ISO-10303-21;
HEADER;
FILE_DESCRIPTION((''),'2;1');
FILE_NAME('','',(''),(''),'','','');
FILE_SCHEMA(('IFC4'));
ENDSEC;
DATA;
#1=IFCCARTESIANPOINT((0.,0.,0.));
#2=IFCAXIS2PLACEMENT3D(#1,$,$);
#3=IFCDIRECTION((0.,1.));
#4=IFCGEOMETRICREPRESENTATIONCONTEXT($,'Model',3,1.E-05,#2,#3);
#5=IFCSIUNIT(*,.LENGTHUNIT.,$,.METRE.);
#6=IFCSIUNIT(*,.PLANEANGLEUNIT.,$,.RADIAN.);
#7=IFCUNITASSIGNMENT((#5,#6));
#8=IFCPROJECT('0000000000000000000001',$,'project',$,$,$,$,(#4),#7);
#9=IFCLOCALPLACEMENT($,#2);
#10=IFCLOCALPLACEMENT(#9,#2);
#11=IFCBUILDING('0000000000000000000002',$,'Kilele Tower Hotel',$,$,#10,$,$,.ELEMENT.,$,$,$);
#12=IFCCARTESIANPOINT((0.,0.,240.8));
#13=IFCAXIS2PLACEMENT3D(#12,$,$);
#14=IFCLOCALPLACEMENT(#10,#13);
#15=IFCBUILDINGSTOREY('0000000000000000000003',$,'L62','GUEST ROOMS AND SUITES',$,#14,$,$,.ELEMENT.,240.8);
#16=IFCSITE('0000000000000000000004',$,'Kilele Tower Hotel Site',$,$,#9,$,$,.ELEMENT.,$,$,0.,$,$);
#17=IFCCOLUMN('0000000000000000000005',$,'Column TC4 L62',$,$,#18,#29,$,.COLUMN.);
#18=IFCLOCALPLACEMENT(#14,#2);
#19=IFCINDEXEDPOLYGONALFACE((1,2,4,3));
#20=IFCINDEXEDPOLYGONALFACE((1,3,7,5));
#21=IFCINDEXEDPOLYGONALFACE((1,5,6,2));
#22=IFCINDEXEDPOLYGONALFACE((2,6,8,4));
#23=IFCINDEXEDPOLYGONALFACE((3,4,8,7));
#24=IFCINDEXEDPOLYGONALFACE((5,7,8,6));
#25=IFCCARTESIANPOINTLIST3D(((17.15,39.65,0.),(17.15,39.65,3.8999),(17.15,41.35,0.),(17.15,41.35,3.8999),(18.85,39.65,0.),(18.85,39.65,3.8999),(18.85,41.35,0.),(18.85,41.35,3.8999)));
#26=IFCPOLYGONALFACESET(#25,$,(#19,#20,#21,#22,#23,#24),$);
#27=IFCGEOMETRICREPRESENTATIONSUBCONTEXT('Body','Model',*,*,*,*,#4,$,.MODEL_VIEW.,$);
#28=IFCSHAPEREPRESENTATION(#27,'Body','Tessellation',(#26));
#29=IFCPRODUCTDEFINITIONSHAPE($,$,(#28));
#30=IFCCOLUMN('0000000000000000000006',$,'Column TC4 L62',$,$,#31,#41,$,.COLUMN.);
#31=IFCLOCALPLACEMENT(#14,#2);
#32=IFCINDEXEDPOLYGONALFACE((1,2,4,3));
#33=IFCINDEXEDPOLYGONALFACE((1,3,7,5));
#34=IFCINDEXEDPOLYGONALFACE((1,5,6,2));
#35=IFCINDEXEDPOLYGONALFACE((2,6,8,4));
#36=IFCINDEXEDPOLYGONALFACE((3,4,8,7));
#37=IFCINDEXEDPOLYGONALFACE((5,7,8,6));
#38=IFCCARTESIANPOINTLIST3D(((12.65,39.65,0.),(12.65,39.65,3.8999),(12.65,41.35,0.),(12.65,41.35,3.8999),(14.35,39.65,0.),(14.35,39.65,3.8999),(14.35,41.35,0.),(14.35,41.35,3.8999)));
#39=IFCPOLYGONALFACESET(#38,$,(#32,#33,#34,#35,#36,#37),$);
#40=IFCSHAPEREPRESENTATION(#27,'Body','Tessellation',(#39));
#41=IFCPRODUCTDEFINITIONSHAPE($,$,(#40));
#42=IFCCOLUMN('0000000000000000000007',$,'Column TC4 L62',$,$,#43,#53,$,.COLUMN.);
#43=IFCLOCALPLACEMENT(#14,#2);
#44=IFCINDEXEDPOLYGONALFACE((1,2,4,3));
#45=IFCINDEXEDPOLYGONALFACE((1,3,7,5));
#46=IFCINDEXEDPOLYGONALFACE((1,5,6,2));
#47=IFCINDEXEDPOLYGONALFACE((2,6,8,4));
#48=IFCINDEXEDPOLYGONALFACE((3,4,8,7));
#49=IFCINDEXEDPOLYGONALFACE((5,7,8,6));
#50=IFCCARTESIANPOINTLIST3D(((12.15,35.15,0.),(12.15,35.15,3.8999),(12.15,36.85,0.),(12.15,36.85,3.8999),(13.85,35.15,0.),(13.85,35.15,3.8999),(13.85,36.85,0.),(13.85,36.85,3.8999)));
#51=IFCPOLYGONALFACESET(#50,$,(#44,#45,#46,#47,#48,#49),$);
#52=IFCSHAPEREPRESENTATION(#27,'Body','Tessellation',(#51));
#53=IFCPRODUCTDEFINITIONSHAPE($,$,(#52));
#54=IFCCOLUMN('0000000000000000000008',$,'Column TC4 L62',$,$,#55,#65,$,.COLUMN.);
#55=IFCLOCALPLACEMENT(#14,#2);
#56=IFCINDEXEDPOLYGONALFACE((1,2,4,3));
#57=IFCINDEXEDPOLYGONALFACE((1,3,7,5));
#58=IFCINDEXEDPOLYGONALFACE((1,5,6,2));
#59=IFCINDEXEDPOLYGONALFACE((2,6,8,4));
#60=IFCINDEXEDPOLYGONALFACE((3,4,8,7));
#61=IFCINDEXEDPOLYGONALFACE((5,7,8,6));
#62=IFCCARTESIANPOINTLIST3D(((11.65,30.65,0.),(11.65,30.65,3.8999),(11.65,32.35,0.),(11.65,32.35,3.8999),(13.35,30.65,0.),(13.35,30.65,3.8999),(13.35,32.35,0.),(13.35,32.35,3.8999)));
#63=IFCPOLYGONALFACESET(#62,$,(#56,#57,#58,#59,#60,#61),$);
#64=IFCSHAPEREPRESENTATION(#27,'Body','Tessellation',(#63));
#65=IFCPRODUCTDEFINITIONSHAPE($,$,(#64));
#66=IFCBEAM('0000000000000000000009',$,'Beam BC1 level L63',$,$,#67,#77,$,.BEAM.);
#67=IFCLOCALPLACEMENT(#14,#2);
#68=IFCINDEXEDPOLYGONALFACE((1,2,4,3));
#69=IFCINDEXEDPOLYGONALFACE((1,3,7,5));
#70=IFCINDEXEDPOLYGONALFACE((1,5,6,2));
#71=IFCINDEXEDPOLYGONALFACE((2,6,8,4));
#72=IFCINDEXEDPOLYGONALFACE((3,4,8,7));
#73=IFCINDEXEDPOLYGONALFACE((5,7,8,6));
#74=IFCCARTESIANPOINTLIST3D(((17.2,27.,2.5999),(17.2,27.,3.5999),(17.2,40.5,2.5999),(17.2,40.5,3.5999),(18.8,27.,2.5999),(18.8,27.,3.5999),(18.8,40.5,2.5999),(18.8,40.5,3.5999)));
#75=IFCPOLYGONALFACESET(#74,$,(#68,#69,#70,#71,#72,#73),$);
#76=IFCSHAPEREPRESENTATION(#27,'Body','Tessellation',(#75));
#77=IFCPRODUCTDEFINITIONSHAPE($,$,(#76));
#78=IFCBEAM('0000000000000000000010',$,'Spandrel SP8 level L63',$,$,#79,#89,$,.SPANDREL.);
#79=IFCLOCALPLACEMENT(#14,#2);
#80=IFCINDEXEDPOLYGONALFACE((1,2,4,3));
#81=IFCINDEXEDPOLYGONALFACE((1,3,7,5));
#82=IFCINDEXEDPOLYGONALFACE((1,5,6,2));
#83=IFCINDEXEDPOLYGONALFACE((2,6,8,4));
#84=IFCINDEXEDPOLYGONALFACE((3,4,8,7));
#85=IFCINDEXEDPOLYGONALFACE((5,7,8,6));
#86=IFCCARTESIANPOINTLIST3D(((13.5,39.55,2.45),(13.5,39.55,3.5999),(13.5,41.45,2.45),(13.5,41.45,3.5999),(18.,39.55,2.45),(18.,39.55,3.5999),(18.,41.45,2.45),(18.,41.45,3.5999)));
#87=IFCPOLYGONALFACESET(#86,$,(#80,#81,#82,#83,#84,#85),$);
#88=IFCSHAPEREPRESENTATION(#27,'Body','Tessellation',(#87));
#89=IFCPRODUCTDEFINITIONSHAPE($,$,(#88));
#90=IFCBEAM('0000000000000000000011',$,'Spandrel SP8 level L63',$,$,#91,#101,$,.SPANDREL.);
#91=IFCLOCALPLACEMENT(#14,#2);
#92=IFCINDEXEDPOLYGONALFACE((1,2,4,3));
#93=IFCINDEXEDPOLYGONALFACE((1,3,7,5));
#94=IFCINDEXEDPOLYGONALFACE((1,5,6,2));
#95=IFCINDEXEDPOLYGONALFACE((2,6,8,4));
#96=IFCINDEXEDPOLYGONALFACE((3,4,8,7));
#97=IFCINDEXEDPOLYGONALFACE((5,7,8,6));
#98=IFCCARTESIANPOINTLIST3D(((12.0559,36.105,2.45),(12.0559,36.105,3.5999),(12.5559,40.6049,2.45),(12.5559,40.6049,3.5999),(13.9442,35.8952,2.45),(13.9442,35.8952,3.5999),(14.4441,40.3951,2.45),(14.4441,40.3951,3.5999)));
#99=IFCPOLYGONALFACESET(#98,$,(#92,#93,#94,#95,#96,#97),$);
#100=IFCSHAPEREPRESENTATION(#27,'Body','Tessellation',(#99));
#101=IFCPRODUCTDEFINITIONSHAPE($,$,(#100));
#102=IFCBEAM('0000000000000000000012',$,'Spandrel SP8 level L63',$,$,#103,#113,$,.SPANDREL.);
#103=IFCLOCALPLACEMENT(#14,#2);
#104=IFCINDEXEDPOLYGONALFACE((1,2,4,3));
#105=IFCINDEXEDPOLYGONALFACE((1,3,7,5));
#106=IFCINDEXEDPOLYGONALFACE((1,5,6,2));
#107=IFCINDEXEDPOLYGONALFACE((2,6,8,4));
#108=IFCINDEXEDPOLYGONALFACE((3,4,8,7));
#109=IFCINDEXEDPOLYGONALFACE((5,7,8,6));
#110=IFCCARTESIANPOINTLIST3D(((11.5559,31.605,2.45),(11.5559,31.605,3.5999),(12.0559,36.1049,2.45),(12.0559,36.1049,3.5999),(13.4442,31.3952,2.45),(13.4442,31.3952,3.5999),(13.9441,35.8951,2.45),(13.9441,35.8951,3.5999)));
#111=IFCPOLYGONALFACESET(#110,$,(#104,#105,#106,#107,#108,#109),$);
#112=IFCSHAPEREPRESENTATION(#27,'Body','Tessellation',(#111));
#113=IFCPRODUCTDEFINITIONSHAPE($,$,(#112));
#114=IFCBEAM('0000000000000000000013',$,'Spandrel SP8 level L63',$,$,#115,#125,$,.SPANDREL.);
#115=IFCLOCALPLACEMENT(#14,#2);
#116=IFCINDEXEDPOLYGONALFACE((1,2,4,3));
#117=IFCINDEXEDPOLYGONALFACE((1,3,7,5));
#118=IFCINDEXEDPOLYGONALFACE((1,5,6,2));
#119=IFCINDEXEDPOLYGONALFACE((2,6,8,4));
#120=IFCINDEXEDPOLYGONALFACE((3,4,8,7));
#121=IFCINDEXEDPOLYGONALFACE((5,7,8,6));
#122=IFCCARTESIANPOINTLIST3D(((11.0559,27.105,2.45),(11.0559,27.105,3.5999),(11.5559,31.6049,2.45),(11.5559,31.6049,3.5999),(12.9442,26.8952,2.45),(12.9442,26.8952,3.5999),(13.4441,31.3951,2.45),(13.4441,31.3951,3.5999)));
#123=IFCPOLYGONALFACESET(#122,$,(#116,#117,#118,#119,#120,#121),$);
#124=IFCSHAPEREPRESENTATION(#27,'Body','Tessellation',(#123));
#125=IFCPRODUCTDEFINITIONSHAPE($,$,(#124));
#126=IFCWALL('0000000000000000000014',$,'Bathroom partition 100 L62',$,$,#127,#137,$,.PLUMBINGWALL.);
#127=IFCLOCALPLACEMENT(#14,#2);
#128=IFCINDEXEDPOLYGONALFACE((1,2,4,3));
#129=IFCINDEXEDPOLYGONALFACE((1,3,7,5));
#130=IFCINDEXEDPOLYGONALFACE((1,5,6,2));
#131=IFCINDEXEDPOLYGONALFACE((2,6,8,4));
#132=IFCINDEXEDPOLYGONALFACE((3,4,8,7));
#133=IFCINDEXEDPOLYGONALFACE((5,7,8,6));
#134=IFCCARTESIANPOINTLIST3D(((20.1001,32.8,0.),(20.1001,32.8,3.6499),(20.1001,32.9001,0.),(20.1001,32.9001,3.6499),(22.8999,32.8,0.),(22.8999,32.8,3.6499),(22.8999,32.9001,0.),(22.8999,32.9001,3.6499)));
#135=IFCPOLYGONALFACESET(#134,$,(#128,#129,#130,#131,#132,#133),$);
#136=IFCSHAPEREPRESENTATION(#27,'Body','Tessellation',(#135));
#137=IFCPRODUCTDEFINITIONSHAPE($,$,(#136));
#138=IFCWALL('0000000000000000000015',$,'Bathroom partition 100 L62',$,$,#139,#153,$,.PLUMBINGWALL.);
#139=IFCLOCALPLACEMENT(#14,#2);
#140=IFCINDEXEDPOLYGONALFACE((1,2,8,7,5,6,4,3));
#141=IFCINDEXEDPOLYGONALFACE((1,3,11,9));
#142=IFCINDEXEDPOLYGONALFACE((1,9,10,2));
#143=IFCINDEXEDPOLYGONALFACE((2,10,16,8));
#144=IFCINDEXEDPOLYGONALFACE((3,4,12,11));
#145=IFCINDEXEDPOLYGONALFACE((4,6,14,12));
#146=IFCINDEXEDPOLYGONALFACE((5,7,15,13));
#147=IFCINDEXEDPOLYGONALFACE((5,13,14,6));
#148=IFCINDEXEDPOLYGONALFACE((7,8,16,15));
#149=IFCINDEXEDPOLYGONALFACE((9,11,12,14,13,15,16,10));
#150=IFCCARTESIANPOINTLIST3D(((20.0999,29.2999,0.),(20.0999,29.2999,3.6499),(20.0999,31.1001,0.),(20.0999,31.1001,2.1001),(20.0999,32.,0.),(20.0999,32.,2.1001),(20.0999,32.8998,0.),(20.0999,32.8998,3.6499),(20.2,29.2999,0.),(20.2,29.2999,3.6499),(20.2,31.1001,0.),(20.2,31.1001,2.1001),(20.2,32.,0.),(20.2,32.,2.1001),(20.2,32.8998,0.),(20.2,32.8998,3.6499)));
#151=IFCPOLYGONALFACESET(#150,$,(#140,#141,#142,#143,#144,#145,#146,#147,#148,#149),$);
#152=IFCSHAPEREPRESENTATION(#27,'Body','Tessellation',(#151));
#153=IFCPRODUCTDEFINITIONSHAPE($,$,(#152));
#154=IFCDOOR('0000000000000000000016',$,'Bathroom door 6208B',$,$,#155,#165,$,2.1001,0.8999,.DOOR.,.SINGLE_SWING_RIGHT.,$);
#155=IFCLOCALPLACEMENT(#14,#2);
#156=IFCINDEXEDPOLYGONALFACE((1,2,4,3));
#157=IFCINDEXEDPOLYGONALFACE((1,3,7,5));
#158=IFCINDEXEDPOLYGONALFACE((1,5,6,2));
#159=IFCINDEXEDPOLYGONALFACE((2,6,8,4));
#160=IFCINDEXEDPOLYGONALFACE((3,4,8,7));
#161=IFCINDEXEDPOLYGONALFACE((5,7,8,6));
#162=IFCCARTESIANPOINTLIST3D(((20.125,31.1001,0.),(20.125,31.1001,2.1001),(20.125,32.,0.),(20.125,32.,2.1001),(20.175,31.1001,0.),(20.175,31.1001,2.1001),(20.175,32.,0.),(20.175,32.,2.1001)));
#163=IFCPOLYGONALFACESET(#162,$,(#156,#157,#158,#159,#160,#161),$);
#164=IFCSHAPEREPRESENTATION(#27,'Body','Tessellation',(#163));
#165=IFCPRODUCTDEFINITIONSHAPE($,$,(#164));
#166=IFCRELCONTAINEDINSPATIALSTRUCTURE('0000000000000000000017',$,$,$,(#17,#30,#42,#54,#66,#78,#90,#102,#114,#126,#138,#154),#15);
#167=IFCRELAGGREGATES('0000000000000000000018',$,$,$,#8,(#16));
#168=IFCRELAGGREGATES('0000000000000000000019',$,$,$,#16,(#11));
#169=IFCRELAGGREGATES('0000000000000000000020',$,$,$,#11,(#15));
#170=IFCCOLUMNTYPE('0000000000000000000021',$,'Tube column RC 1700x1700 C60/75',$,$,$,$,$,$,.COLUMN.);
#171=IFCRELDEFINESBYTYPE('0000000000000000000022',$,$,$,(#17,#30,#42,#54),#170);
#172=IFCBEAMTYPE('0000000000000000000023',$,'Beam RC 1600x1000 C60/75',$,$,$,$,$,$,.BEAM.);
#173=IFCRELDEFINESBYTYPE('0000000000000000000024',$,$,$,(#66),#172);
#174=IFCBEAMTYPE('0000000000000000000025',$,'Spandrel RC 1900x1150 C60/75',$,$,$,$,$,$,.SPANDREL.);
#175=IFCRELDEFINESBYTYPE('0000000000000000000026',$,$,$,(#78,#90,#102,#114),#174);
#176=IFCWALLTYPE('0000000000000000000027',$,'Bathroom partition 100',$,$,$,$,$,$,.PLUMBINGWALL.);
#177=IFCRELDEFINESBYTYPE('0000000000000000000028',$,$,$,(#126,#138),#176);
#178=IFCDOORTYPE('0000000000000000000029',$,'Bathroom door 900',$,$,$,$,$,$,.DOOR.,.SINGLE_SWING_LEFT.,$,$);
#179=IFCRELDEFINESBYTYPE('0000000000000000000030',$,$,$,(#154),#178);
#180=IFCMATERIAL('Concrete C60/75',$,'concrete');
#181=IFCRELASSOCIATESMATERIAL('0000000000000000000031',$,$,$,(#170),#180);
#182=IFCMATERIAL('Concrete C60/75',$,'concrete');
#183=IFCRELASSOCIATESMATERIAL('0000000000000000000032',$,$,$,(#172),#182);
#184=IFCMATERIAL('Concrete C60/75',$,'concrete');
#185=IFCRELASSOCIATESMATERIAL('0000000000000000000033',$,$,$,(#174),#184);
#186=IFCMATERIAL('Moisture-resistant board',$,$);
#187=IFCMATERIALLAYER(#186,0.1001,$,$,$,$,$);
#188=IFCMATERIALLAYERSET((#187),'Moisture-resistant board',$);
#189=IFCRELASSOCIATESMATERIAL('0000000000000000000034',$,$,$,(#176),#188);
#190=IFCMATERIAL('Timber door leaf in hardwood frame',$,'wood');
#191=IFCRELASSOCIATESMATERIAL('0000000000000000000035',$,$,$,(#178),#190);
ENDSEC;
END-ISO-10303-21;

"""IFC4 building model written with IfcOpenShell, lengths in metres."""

from ifc_helpers import new_model, si_unit, direction, frame, frame_2d, origin, origin_2d, place, context, subcontext, project, spatial, rectangle, extrude, material, layer, layer_set, material_profile, profile_set, type_object, element, fill, save


model = new_model("IFC4")

# Units and contexts
model_context = context("Model", 3, precision=1e-05, world=origin(), true_north=direction((0.0, 1.0)))
body_context = subcontext(model_context, "Body", "Model", "MODEL_VIEW")
ifc_project = project(units=[si_unit("LENGTHUNIT", "METRE"), si_unit("PLANEANGLEUNIT", "RADIAN")], contexts=[model_context])

# Site, building, storey
site_placement = place(None, origin())
site = spatial("IfcSite", under=ifc_project, at=site_placement, Name="Kilele Tower Hotel Site", CompositionType="ELEMENT", RefElevation=0.0)
building_placement = place(site_placement, origin())
building = spatial("IfcBuilding", under=site, at=building_placement, Name="Kilele Tower Hotel", CompositionType="ELEMENT")
storey_placement = place(building_placement, frame((0.0, 0.0, 240.8)))
storey = spatial("IfcBuildingStorey", under=building, at=storey_placement, Name="L62", Description="GUEST ROOMS AND SUITES", CompositionType="ELEMENT", Elevation=240.8)

# Columns
ifc_material_1 = material(Name="Concrete C60/75", Category="concrete")
ifc_material_profile_1 = material_profile(ifc_material_1, rectangle(XDim=1.7, YDim=1.7, at=origin_2d()))
ifc_profile_set_1 = profile_set([ifc_material_profile_1], Name="Concrete C60/75")
column_type = type_object("IfcColumnType", Name="Tube column RC 1700x1700 C60/75", PredefinedType="COLUMN", material=ifc_profile_set_1)
for number, where, z_axis, x_axis, name in (
    (1, (18.0, 40.5, 0.0), (0.0, 0.0, 1.0), (1.0, 0.0, 0.0), "Column TC4 L62"),
    (2, (13.5, 40.5, 0.0), (0.0, 0.0, 1.0), (1.0, 0.0, 0.0), "Column TC4 L62"),
    (3, (13.0, 36.0, 0.0), (0.0, 0.0, 1.0), (1.0, 0.0, 0.0), "Column TC4 L62"),
    (4, (12.5, 31.5, 0.0), (0.0, 0.0, 1.0), (1.0, 0.0, 0.0), "Column TC4 L62"),
):
    element("IfcColumn", number, at=place(storey_placement, frame(where, z_axis=z_axis, x_axis=x_axis)), inside=storey, type_object=column_type, Name=name, PredefinedType="COLUMN", context=body_context, shape_type="SweptSolid", body=[
        extrude(rectangle(XDim=1.7, YDim=1.7, at=origin_2d()), origin(), (0.0, 0.0, 1.0), 3.8999),
    ])

# Beams
ifc_material_2 = material(Name="Concrete C60/75", Category="concrete")
ifc_material_profile_2 = material_profile(ifc_material_2, rectangle(XDim=1.6001, YDim=1.0, at=origin_2d()))
ifc_profile_set_2 = profile_set([ifc_material_profile_2], Name="Concrete C60/75")
beam_type_1 = type_object("IfcBeamType", Name="Beam RC 1600x1000 C60/75", PredefinedType="BEAM", material=ifc_profile_set_2)
beam_1_placement = place(storey_placement, frame((18.0, 40.5, 3.0999), z_axis=(0.0, -1.0, 0.0), x_axis=(1.0, 0.0, 0.0)))
element("IfcBeam", 5, at=beam_1_placement, inside=storey, type_object=beam_type_1, Name="Beam BC1 level L63", PredefinedType="BEAM", context=body_context, shape_type="SweptSolid", body=[
    extrude(rectangle(XDim=1.6001, YDim=1.0, at=origin_2d()), origin(), (0.0, 0.0, 1.0), 13.5),
])
ifc_material_3 = material(Name="Concrete C60/75", Category="concrete")
ifc_material_profile_3 = material_profile(ifc_material_3, rectangle(XDim=1.8999, YDim=1.1499, at=origin_2d()))
ifc_profile_set_3 = profile_set([ifc_material_profile_3], Name="Concrete C60/75")
beam_type_2 = type_object("IfcBeamType", Name="Spandrel RC 1900x1150 C60/75", PredefinedType="SPANDREL", material=ifc_profile_set_3)
beam_2_placement = place(storey_placement, frame((18.0, 40.5, 3.0249), z_axis=(-1.0, 0.0, 0.0), x_axis=(0.0, -1.0, 0.0)))
element("IfcBeam", 6, at=beam_2_placement, inside=storey, type_object=beam_type_2, Name="Spandrel SP8 level L63", PredefinedType="SPANDREL", context=body_context, shape_type="SweptSolid", body=[
    extrude(rectangle(XDim=1.8999, YDim=1.1499, at=origin_2d()), origin(), (0.0, 0.0, 1.0), 4.5),
])
for number, where, z_axis, x_axis, name in (
    (7, (13.5, 40.5, 3.0249), (-0.110432, -0.993884, 0.0), (0.993884, -0.110432, 0.0), "Spandrel SP8 level L63"),
    (8, (13.0, 36.0, 3.0249), (-0.110432, -0.993884, 0.0), (0.993884, -0.110432, 0.0), "Spandrel SP8 level L63"),
    (9, (12.5, 31.5, 3.0249), (-0.110432, -0.993884, 0.0), (0.993884, -0.110432, 0.0), "Spandrel SP8 level L63"),
):
    element("IfcBeam", number, at=place(storey_placement, frame(where, z_axis=z_axis, x_axis=x_axis)), inside=storey, type_object=beam_type_2, Name=name, PredefinedType="SPANDREL", context=body_context, shape_type="SweptSolid", body=[
        extrude(rectangle(XDim=1.8999, YDim=1.1499, at=origin_2d()), origin(), (0.0, 0.0, 1.0), 4.5276),
    ])

# Wall
ifc_material_4 = material(Name="Moisture-resistant board")
ifc_layer_1 = layer(ifc_material_4, 0.1001)
ifc_layer_set_1 = layer_set([ifc_layer_1], Name="Moisture-resistant board")
wall_type_1 = type_object("IfcWallType", Name="Bathroom partition 100", PredefinedType="PLUMBINGWALL", material=ifc_layer_set_1)
wall_1_placement = place(storey_placement, frame((20.1001, 32.8501, 0.0), z_axis=(0.0, 0.0, 1.0), x_axis=(1.0, 0.0, 0.0)))
element("IfcWall", 10, at=wall_1_placement, inside=storey, type_object=wall_type_1, Name="Bathroom partition 100 L62", PredefinedType="PLUMBINGWALL", context=body_context, shape_type="SweptSolid", body=[
    extrude(rectangle(XDim=2.7998, YDim=0.1001, at=frame_2d((1.3999, 0.0))), origin(), (0.0, 0.0, 1.0), 3.6499),
])

# Wall, opening, door
wall_2_placement = place(storey_placement, frame((20.1499, 29.3, 0.0), z_axis=(0.0, 0.0, 1.0), x_axis=(0.0, 1.0, 0.0)))
wall_2 = element("IfcWall", 11, at=wall_2_placement, inside=storey, type_object=wall_type_1, Name="Bathroom partition 100 L62", PredefinedType="PLUMBINGWALL", context=body_context, shape_type="SweptSolid", body=[
    extrude(rectangle(XDim=3.5999, YDim=0.1001, at=frame_2d((1.7998, 0.0))), origin(), (0.0, 0.0, 1.0), 3.6499),
])
opening_1_placement = place(wall_2_placement, frame((1.8, 0.0, 0.0)))
opening_1 = element("IfcOpeningElement", 12, at=opening_1_placement, cuts=wall_2, PredefinedType="OPENING", context=body_context, shape_type="SweptSolid", body=[
    extrude(rectangle(XDim=0.8999, YDim=2.1001, at=frame_2d((0.45, 1.05))), frame((0.0, 0.0601, 0.0), z_axis=(0.0, -1.0, 0.0), x_axis=(1.0, 0.0, 0.0)), (0.0, 0.0, 1.0), 0.1201),
])
ifc_material_5 = material(Name="Timber door leaf in hardwood frame", Category="wood")
door_type = type_object("IfcDoorType", Name="Bathroom door 900", OperationType="SINGLE_SWING_LEFT", PredefinedType="DOOR", material=ifc_material_5)
door_placement = place(opening_1_placement, origin())
door = element("IfcDoor", 13, at=door_placement, inside=storey, type_object=door_type, Name="Bathroom door 6208B", OperationType="SINGLE_SWING_RIGHT", OverallHeight=2.1001, OverallWidth=0.8999, PredefinedType="DOOR", context=body_context, shape_type="SweptSolid", body=[
    extrude(rectangle(XDim=0.8999, YDim=2.1001, at=frame_2d((0.45, 1.05))), frame((0.0, 0.0249, 0.0), z_axis=(0.0, -1.0, 0.0), x_axis=(1.0, 0.0, 0.0)), (0.0, 0.0, 1.0), 0.05),
])
fill(opening_1, door)

save(model, "model.ifc")
